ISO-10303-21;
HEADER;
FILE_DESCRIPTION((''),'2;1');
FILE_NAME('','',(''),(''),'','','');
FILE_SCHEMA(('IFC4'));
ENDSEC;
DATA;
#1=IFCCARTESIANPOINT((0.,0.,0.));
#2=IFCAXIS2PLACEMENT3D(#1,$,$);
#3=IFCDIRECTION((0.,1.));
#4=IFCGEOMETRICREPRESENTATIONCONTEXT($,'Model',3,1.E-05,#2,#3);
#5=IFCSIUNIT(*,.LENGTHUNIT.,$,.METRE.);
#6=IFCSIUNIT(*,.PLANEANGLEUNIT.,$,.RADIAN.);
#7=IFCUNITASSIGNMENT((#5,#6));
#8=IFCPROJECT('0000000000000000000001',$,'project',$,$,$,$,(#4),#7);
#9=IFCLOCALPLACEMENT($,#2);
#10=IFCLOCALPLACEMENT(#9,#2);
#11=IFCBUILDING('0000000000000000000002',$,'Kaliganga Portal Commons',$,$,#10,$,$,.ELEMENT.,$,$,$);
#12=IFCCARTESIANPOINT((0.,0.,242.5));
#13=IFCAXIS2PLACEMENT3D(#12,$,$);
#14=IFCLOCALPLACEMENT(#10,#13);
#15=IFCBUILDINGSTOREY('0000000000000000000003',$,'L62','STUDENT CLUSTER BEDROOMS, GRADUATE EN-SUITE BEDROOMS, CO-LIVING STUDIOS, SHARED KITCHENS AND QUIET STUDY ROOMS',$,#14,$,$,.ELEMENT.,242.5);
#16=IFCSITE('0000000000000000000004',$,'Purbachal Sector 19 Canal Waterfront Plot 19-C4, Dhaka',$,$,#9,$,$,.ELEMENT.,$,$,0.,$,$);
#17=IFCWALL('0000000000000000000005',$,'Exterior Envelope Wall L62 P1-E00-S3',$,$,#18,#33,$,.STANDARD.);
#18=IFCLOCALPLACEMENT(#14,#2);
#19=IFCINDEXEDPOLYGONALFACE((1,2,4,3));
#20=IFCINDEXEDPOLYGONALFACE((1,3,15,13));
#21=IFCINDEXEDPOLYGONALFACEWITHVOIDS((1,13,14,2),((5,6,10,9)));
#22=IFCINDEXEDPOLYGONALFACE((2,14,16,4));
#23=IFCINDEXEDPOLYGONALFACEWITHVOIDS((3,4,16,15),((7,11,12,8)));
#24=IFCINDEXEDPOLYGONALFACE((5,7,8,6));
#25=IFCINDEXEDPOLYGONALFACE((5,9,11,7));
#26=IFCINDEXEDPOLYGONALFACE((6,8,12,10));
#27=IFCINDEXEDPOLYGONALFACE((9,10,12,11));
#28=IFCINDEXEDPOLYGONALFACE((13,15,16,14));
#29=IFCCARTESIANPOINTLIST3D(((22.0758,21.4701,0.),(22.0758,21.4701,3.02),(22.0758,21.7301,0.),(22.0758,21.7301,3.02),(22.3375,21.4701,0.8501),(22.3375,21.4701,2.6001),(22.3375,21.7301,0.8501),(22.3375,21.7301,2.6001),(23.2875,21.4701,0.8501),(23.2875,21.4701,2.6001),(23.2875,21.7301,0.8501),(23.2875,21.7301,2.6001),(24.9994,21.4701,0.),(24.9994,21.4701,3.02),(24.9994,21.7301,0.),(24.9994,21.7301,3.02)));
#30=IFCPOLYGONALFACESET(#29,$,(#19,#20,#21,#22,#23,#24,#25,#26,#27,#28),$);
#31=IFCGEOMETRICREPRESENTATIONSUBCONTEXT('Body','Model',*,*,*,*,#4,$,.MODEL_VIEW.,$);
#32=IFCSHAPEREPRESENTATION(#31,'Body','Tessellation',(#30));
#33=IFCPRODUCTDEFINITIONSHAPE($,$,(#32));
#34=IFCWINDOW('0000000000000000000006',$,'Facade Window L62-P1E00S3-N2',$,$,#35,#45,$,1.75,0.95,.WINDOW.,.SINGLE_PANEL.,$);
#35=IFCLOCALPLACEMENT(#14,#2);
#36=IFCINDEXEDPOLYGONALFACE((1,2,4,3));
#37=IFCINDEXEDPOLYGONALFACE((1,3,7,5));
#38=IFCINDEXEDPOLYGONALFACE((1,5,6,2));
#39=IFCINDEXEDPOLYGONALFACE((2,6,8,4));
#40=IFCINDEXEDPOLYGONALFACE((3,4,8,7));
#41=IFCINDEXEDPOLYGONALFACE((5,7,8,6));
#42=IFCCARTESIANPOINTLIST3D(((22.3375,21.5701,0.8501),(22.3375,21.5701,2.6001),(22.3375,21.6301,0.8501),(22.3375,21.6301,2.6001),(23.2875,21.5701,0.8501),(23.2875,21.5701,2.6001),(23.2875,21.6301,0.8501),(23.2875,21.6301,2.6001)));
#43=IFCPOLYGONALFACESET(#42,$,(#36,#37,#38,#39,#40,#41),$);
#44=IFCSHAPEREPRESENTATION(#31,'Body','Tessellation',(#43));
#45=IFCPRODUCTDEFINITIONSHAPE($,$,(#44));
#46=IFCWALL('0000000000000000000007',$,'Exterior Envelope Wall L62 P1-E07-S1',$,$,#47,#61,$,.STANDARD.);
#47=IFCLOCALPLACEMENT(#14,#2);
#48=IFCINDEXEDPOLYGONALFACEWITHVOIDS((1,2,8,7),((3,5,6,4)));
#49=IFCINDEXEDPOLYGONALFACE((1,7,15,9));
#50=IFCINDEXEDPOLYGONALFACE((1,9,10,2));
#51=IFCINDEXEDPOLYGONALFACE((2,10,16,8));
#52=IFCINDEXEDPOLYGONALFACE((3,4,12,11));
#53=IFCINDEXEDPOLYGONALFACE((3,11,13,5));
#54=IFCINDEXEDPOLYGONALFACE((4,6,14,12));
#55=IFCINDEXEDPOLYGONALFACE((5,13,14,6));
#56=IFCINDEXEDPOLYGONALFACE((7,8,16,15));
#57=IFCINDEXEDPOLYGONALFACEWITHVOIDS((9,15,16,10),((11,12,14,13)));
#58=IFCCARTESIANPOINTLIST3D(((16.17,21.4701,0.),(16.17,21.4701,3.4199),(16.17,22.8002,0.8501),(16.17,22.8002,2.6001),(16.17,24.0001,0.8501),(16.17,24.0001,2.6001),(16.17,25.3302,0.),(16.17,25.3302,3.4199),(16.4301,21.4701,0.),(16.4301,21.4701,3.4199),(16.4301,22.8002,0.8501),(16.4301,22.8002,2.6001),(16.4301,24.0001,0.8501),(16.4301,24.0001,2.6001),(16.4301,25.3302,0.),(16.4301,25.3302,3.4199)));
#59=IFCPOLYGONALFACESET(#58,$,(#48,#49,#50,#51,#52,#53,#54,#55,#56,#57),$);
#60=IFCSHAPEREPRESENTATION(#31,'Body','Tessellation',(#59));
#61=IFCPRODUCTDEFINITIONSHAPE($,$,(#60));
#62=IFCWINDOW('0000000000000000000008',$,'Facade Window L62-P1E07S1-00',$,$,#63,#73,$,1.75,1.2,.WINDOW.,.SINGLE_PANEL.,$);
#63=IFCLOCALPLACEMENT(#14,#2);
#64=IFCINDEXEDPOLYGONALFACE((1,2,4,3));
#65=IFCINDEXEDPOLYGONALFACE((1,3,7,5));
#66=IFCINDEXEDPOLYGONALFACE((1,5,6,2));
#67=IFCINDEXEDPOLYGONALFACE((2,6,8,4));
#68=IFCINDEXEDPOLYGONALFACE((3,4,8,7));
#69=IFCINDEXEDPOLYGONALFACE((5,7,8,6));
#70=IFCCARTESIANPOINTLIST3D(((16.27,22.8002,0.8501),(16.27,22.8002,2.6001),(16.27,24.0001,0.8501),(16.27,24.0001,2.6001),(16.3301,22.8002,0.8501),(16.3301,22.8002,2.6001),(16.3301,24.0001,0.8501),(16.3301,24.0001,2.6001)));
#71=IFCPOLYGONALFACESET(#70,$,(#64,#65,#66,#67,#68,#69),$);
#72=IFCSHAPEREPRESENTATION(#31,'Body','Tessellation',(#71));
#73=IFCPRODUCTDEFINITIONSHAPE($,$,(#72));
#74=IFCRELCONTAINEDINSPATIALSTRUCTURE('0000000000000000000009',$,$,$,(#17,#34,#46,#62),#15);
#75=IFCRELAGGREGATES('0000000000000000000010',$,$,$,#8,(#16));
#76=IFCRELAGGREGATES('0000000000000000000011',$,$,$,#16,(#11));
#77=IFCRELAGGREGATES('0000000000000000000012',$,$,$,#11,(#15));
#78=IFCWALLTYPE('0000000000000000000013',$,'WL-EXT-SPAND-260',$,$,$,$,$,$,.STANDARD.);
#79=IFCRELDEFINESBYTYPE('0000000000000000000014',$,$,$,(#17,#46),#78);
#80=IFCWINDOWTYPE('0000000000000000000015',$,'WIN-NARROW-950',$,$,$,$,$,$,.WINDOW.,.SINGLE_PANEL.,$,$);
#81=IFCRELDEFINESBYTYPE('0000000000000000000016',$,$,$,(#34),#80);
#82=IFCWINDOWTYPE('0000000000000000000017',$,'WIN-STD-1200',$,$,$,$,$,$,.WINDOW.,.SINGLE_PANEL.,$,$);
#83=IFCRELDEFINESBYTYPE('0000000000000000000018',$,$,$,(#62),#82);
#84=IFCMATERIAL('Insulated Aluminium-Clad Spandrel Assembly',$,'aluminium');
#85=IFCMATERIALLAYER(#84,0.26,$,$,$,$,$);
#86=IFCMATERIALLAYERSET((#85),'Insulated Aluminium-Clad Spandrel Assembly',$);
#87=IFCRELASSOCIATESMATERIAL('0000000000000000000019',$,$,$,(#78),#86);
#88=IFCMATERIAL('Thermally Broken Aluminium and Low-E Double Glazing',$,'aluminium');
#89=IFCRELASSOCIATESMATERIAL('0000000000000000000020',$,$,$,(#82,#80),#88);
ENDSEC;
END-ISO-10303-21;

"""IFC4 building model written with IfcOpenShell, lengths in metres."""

from ifc_helpers import new_model, si_unit, direction, frame, frame_2d, origin, place, context, subcontext, project, spatial, rectangle, extrude, material, layer, layer_set, type_object, element, fill, save


model = new_model("IFC4")

# Units and contexts
model_context = context("Model", 3, precision=1e-05, world=origin(), true_north=direction((0.0, 1.0)))
body_context = subcontext(model_context, "Body", "Model", "MODEL_VIEW")
ifc_project = project(units=[si_unit("LENGTHUNIT", "METRE"), si_unit("PLANEANGLEUNIT", "RADIAN")], contexts=[model_context])

# Site, building, storey
site_placement = place(None, origin())
site = spatial("IfcSite", under=ifc_project, at=site_placement, Name="Purbachal Sector 19 Canal Waterfront Plot 19-C4, Dhaka", CompositionType="ELEMENT", RefElevation=0.0)
building_placement = place(site_placement, origin())
building = spatial("IfcBuilding", under=site, at=building_placement, Name="Kaliganga Portal Commons", CompositionType="ELEMENT")
storey_placement = place(building_placement, frame((0.0, 0.0, 242.5)))
storey = spatial("IfcBuildingStorey", under=building, at=storey_placement, Name="L62", Description="STUDENT CLUSTER BEDROOMS, GRADUATE EN-SUITE BEDROOMS, CO-LIVING STUDIOS, SHARED KITCHENS AND QUIET STUDY ROOMS", CompositionType="ELEMENT", Elevation=242.5)

# Shared definitions
ifc_material_1 = material(Name="Insulated Aluminium-Clad Spandrel Assembly", Category="aluminium")
ifc_layer_1 = layer(ifc_material_1, 0.26)
ifc_layer_set_1 = layer_set([ifc_layer_1], Name="Insulated Aluminium-Clad Spandrel Assembly")
wall_type = type_object("IfcWallType", Name="WL-EXT-SPAND-260", PredefinedType="STANDARD", material=ifc_layer_set_1)

# Walls, openings, windows
ifc_material_2 = material(Name="Thermally Broken Aluminium and Low-E Double Glazing", Category="aluminium")
window_type_1 = type_object("IfcWindowType", Name="WIN-STD-1200", PartitioningType="SINGLE_PANEL", PredefinedType="WINDOW", material=ifc_material_2)
wall_1_placement = place(storey_placement, frame((24.9995, 21.6001, 0.0), z_axis=(0.0, 0.0, 1.0), x_axis=(-1.0, 0.0, 0.0)))
wall_1 = element("IfcWall", 1, at=wall_1_placement, inside=storey, type_object=wall_type, Name="Exterior Envelope Wall L62 P1-E00-S3", PredefinedType="STANDARD", context=body_context, shape_type="SweptSolid", body=[
    extrude(rectangle(XDim=2.9236, YDim=0.26, at=frame_2d((1.4619, 0.0))), origin(), (0.0, 0.0, 1.0), 3.02),
])
opening_1_placement = place(wall_1_placement, frame((1.7119, 0.0, 0.8501)))
opening_1 = element("IfcOpeningElement", 2, at=opening_1_placement, cuts=wall_1, PredefinedType="OPENING", context=body_context, shape_type="SweptSolid", body=[
    extrude(rectangle(XDim=0.95, YDim=1.75, at=frame_2d((0.4751, 0.875))), frame((0.0, 0.1401, 0.0), z_axis=(0.0, -1.0, 0.0), x_axis=(1.0, 0.0, 0.0)), (0.0, 0.0, 1.0), 0.28),
])
window_type_2 = type_object("IfcWindowType", Name="WIN-NARROW-950", PartitioningType="SINGLE_PANEL", PredefinedType="WINDOW", material=ifc_material_2)
window_1_placement = place(opening_1_placement, origin())
window_1 = element("IfcWindow", 3, at=window_1_placement, inside=storey, type_object=window_type_2, Name="Facade Window L62-P1E00S3-N2", OverallHeight=1.75, OverallWidth=0.95, PartitioningType="SINGLE_PANEL", PredefinedType="WINDOW", context=body_context, shape_type="SweptSolid", body=[
    extrude(rectangle(XDim=0.95, YDim=1.75, at=frame_2d((0.4751, 0.875))), frame((0.0, 0.03, 0.0), z_axis=(0.0, -1.0, 0.0), x_axis=(1.0, 0.0, 0.0)), (0.0, 0.0, 1.0), 0.0601),
])
fill(opening_1, window_1)
wall_2_placement = place(storey_placement, frame((16.3, 21.47, 0.0), z_axis=(0.0, 0.0, 1.0), x_axis=(0.0, 1.0, 0.0)))
wall_2 = element("IfcWall", 4, at=wall_2_placement, inside=storey, type_object=wall_type, Name="Exterior Envelope Wall L62 P1-E07-S1", PredefinedType="STANDARD", context=body_context, shape_type="SweptSolid", body=[
    extrude(rectangle(XDim=3.8601, YDim=0.26, at=frame_2d((1.9302, 0.0))), origin(), (0.0, 0.0, 1.0), 3.4199),
])
opening_2_placement = place(wall_2_placement, frame((1.3301, 0.0, 0.8501)))
opening_2 = element("IfcOpeningElement", 5, at=opening_2_placement, cuts=wall_2, PredefinedType="OPENING", context=body_context, shape_type="SweptSolid", body=[
    extrude(rectangle(XDim=1.2, YDim=1.75, at=frame_2d((0.6001, 0.875))), frame((0.0, 0.1401, 0.0), z_axis=(0.0, -1.0, 0.0), x_axis=(1.0, 0.0, 0.0)), (0.0, 0.0, 1.0), 0.28),
])
window_2_placement = place(opening_2_placement, origin())
window_2 = element("IfcWindow", 6, at=window_2_placement, inside=storey, type_object=window_type_1, Name="Facade Window L62-P1E07S1-00", OverallHeight=1.75, OverallWidth=1.2, PartitioningType="SINGLE_PANEL", PredefinedType="WINDOW", context=body_context, shape_type="SweptSolid", body=[
    extrude(rectangle(XDim=1.2, YDim=1.75, at=frame_2d((0.6001, 0.875))), frame((0.0, 0.03, 0.0), z_axis=(0.0, -1.0, 0.0), x_axis=(1.0, 0.0, 0.0)), (0.0, 0.0, 1.0), 0.0601),
])
fill(opening_2, window_2)

save(model, "model.ifc")
